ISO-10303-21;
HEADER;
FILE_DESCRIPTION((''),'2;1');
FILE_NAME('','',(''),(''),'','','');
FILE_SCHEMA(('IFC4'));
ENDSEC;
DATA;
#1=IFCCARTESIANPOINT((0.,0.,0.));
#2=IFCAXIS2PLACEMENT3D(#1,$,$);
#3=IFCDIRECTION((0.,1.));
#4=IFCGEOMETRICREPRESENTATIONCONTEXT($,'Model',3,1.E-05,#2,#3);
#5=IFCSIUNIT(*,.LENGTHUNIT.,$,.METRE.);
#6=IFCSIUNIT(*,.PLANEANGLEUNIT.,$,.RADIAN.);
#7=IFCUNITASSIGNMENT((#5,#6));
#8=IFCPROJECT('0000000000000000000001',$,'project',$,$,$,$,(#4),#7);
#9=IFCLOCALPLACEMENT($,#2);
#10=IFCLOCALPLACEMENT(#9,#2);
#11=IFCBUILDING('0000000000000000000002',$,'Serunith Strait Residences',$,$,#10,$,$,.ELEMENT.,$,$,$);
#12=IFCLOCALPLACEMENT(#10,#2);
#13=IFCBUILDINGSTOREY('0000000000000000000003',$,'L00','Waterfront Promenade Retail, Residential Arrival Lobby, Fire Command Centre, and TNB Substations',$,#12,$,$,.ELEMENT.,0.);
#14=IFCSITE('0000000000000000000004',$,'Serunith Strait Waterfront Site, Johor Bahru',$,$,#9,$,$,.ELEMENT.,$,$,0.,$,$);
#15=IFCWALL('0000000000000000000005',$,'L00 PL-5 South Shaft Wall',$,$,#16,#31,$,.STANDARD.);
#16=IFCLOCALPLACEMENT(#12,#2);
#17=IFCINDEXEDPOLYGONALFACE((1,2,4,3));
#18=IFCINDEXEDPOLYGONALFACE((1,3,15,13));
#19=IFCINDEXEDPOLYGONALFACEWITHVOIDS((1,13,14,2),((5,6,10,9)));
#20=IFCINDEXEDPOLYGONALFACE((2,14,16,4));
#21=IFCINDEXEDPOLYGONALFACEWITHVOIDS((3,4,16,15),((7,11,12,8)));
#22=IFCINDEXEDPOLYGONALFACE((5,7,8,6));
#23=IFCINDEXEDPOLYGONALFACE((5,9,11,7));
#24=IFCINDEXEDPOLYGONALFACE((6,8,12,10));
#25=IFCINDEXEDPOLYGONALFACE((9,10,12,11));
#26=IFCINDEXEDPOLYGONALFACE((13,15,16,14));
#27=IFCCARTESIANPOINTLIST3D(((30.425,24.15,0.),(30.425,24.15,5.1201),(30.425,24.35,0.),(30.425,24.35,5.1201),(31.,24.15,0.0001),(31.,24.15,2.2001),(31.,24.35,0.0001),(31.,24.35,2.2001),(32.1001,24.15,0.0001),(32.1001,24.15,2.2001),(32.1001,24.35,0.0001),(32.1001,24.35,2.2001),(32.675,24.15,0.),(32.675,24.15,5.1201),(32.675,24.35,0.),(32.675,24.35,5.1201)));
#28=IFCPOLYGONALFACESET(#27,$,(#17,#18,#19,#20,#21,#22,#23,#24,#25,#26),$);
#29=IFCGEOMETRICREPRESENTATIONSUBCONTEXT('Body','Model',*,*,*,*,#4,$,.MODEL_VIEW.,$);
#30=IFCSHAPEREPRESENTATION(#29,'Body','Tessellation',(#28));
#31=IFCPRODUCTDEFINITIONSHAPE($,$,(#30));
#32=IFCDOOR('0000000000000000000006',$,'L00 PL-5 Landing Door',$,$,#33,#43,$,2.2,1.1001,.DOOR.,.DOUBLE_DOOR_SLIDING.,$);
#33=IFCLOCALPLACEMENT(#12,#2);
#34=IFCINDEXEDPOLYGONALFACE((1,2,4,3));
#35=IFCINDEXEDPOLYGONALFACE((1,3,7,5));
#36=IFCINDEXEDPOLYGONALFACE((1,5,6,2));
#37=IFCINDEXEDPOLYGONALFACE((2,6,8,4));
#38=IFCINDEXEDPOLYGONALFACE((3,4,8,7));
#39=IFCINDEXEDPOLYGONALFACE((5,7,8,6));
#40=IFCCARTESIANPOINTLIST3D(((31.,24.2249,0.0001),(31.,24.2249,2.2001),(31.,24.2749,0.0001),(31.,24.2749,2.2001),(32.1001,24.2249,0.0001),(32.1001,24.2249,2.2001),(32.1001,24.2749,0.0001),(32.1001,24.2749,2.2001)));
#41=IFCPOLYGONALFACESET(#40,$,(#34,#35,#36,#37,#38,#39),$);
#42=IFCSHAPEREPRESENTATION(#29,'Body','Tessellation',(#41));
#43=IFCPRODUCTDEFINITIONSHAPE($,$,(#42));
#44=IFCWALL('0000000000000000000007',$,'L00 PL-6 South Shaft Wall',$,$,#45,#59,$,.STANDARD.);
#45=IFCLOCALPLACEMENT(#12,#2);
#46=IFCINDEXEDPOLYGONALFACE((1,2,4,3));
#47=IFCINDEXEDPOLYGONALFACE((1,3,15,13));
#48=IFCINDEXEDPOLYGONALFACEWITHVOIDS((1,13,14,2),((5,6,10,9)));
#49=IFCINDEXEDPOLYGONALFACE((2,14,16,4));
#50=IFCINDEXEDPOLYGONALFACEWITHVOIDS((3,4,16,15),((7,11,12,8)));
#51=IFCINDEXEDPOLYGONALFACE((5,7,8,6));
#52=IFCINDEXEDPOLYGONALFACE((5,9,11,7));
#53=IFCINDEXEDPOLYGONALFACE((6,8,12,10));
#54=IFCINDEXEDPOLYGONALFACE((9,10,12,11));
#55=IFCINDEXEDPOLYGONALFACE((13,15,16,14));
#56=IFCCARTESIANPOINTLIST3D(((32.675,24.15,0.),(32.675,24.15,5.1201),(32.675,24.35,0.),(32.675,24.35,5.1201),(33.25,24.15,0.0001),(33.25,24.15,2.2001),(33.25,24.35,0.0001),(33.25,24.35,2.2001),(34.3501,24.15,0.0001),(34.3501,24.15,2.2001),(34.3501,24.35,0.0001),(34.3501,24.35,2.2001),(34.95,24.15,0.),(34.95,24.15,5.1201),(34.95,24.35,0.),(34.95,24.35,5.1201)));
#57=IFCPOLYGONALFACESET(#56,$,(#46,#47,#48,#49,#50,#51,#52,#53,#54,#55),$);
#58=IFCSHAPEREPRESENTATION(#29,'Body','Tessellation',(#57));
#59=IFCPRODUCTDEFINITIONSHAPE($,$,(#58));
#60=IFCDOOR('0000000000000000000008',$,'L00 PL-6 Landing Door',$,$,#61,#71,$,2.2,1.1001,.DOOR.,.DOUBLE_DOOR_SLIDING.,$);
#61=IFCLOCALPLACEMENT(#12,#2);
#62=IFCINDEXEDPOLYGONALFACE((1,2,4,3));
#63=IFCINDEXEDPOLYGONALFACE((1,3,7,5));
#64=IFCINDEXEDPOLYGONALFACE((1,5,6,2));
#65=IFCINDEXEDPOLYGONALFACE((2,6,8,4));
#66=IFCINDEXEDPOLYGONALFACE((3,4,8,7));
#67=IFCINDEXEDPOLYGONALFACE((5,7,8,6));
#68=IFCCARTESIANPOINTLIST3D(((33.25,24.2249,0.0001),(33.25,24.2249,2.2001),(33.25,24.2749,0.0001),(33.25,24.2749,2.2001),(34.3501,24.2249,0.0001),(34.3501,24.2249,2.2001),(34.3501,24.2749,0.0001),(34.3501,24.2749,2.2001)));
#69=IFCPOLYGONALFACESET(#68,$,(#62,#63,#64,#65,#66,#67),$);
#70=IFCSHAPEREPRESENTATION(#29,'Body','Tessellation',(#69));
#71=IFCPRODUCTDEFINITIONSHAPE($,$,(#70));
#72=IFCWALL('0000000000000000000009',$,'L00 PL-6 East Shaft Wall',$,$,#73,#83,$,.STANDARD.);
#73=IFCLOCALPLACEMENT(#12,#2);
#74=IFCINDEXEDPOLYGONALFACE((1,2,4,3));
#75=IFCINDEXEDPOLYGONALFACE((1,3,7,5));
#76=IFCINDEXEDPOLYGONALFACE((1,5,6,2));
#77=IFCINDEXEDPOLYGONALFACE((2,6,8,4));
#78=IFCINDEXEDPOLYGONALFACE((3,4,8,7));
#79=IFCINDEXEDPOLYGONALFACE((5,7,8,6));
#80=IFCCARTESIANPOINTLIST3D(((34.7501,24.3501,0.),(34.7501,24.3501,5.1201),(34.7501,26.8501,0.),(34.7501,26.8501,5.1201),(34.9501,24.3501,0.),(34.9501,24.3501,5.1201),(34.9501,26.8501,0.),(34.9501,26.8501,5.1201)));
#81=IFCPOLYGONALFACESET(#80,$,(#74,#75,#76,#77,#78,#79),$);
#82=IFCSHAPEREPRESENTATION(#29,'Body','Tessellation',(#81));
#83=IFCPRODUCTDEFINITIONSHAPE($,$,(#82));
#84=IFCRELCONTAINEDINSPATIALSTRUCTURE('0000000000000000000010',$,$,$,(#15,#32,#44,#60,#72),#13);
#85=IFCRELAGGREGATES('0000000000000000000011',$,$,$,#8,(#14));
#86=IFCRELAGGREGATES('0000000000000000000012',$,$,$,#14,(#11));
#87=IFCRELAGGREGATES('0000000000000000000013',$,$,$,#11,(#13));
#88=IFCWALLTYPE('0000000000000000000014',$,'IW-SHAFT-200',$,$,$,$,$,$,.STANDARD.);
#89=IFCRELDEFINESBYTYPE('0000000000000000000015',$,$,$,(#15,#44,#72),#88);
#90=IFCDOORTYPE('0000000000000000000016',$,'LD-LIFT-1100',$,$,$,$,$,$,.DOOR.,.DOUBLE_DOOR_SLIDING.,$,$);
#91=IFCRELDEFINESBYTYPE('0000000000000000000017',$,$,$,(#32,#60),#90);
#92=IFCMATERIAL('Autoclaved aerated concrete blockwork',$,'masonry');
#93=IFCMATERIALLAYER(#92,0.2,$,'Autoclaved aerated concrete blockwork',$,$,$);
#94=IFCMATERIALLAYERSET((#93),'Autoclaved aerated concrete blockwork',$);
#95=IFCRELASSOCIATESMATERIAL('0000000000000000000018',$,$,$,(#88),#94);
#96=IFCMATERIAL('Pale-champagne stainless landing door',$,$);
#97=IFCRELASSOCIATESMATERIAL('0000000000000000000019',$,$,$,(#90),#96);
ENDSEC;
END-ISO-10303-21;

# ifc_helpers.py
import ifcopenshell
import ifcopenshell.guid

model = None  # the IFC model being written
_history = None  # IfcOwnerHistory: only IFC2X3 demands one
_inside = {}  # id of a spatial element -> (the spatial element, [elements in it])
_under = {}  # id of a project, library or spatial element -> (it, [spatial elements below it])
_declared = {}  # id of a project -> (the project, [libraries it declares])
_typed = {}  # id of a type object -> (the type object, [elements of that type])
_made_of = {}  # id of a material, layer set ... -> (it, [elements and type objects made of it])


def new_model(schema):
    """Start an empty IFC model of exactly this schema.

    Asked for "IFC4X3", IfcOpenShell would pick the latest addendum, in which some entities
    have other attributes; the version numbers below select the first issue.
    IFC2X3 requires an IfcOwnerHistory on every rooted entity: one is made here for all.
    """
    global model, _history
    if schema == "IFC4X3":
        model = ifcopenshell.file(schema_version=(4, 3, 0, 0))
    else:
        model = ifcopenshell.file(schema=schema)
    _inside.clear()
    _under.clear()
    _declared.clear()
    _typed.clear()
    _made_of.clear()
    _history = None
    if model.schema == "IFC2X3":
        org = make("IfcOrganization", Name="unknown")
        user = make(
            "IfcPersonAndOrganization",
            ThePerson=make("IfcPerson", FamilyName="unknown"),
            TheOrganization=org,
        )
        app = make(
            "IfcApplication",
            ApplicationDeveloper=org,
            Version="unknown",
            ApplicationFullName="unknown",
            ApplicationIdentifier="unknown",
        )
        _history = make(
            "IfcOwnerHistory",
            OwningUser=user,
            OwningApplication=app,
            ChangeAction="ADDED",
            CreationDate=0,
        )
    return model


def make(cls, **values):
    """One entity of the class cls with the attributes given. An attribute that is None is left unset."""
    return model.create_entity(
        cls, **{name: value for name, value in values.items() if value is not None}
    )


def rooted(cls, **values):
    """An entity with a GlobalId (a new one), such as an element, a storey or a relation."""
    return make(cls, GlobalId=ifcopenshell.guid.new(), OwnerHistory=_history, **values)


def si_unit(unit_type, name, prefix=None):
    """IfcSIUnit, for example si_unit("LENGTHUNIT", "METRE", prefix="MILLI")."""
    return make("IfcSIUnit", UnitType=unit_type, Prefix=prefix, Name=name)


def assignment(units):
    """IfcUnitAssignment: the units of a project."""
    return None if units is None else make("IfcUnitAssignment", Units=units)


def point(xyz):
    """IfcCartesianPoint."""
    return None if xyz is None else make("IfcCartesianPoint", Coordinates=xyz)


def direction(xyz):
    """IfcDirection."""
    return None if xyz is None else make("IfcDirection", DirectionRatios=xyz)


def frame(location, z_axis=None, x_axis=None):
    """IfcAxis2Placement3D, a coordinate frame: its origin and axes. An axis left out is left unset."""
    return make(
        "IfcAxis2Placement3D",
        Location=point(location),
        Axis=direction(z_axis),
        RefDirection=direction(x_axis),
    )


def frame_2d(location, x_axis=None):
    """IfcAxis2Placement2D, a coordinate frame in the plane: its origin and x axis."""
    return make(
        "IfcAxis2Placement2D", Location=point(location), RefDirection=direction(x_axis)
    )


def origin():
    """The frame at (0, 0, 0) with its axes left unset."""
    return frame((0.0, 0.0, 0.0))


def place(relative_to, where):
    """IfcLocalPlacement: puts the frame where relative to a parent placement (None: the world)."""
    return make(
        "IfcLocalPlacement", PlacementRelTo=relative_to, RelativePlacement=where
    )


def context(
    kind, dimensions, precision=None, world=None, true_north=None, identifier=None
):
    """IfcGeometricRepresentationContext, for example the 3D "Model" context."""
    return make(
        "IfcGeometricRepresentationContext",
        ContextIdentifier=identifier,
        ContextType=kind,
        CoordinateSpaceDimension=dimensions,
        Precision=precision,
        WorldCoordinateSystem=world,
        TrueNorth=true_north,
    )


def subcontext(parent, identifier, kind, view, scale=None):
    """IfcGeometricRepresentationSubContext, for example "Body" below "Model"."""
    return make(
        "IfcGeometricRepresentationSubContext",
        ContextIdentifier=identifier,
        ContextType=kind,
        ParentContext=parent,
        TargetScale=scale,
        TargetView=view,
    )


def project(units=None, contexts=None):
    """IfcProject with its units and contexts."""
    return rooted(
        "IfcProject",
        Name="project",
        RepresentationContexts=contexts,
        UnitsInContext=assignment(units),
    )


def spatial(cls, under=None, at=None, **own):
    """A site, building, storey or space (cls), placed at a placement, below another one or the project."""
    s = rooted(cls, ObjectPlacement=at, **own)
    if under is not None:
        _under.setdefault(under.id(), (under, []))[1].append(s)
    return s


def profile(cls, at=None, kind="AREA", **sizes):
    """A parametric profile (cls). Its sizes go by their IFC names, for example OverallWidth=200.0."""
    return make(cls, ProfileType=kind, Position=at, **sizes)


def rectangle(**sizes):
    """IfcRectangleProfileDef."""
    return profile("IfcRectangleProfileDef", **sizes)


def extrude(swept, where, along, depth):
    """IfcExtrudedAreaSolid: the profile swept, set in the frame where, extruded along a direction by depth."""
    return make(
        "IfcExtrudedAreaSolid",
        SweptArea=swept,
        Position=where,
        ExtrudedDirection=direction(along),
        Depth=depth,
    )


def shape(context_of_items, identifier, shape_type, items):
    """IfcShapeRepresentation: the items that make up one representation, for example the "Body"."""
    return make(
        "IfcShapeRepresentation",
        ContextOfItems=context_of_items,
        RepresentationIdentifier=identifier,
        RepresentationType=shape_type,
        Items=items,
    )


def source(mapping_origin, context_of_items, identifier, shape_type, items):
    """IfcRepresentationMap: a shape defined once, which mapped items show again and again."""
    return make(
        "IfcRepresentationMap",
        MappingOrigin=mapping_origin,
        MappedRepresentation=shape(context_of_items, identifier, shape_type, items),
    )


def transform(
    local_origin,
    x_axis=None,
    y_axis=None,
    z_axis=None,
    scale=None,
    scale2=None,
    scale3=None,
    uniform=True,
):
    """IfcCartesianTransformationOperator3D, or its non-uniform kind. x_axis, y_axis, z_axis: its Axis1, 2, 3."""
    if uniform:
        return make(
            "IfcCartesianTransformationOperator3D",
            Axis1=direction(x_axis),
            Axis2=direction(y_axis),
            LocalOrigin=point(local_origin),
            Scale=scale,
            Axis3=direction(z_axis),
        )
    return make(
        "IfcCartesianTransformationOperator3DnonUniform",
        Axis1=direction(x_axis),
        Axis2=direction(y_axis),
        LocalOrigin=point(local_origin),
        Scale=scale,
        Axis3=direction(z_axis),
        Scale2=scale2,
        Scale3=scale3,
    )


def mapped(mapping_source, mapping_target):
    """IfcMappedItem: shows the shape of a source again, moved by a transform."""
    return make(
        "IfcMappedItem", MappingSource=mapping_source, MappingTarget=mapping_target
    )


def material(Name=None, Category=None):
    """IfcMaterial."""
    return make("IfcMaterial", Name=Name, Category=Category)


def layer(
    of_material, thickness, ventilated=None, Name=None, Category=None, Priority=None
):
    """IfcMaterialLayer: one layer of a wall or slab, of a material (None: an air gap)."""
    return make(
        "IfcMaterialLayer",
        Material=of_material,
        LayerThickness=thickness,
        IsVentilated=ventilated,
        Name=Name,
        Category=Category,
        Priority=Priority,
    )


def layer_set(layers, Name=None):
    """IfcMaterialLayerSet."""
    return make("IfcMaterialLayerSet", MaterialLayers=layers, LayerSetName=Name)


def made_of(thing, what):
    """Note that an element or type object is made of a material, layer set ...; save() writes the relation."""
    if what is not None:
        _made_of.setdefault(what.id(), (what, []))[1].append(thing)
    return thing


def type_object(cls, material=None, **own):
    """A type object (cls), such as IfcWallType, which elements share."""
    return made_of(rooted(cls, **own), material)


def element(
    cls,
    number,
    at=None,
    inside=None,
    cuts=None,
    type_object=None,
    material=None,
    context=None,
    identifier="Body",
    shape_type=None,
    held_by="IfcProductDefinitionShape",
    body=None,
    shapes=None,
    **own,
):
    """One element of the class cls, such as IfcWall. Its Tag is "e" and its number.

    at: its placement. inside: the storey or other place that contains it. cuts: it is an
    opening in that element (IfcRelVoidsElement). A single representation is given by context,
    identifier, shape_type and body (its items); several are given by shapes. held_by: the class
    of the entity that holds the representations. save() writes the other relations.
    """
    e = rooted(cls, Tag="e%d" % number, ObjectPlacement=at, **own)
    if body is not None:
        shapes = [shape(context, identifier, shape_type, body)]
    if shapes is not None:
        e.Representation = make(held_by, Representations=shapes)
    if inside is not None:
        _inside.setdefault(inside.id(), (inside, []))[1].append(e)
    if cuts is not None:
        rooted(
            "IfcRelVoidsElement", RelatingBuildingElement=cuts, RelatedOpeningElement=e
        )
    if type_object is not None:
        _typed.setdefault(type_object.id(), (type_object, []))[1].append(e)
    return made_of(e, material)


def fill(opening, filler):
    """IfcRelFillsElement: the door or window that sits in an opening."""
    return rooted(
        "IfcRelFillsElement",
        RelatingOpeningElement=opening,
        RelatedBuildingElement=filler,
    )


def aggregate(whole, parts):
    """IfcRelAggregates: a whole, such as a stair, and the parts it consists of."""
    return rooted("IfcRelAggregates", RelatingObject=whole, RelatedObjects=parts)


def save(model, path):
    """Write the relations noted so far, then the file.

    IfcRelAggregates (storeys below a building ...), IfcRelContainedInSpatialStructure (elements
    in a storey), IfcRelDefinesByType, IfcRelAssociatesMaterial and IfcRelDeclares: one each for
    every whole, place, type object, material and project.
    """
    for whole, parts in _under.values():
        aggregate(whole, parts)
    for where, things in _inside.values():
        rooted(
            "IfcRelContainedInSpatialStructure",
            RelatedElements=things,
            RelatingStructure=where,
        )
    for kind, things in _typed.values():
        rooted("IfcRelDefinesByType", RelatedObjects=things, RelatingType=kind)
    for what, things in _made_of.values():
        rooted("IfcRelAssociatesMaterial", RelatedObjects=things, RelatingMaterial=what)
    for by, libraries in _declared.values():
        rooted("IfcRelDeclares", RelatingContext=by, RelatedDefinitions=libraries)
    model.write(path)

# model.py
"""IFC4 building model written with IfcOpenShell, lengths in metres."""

from ifc_helpers import new_model, si_unit, direction, frame, frame_2d, origin, place, context, subcontext, project, spatial, rectangle, extrude, source, transform, mapped, material, layer, layer_set, type_object, element, fill, save


model = new_model("IFC4")

# Units and contexts
model_context = context("Model", 3, precision=1e-05, world=origin(), true_north=direction((0.0, 1.0)))
body_context = subcontext(model_context, "Body", "Model", "MODEL_VIEW")
ifc_project = project(units=[si_unit("LENGTHUNIT", "METRE"), si_unit("PLANEANGLEUNIT", "RADIAN")], contexts=[model_context])

# Site, building, storey
site_placement = place(None, origin())
site = spatial("IfcSite", under=ifc_project, at=site_placement, Name="Serunith Strait Waterfront Site, Johor Bahru", CompositionType="ELEMENT", RefElevation=0.0)
building_placement = place(site_placement, origin())
building = spatial("IfcBuilding", under=site, at=building_placement, Name="Serunith Strait Residences", CompositionType="ELEMENT")
storey_placement = place(building_placement, origin())
storey = spatial("IfcBuildingStorey", under=building, at=storey_placement, Name="L00", Description="Waterfront Promenade Retail, Residential Arrival Lobby, Fire Command Centre, and TNB Substations", CompositionType="ELEMENT", Elevation=0.0)

# Walls, openings, doors
ifc_material_1 = material(Name="Autoclaved aerated concrete blockwork", Category="masonry")
ifc_layer = layer(ifc_material_1, 0.2, Name="Autoclaved aerated concrete blockwork")
ifc_layer_set = layer_set([ifc_layer], Name="Autoclaved aerated concrete blockwork")
wall_type = type_object("IfcWallType", Name="IW-SHAFT-200", PredefinedType="STANDARD", material=ifc_layer_set)
ifc_material_2 = material(Name="Pale-champagne stainless landing door")
door_type_1 = type_object("IfcDoorType", Name="LD-LIFT-1100", OperationType="DOUBLE_DOOR_SLIDING", PredefinedType="DOOR", material=ifc_material_2)
shared_shape_1 = source(origin(), body_context, "Body", "SweptSolid", [
    extrude(rectangle(XDim=1.1001, YDim=2.2, at=frame_2d((0.55, 1.1001))), frame((0.0, 0.0249, 0.0), z_axis=(0.0, -1.0, 0.0), x_axis=(1.0, 0.0, 0.0)), (0.0, 0.0, 1.0), 0.05),
])
wall_1_placement = place(storey_placement, frame((30.425, 24.25, 0.0), z_axis=(0.0, 0.0, 1.0), x_axis=(1.0, 0.0, 0.0)))
wall_1 = element("IfcWall", 1, at=wall_1_placement, inside=storey, type_object=wall_type, Name="L00 PL-5 South Shaft Wall", PredefinedType="STANDARD", context=body_context, shape_type="SweptSolid", body=[
    extrude(rectangle(XDim=2.25, YDim=0.2, at=frame_2d((1.125, 0.0))), origin(), (0.0, 0.0, 1.0), 5.1201),
])
opening_1_placement = place(wall_1_placement, frame((0.575, 0.0, 0.0)))
opening_1 = element("IfcOpeningElement", 2, at=opening_1_placement, cuts=wall_1, PredefinedType="OPENING", context=body_context, shape_type="SweptSolid", body=[
    extrude(rectangle(XDim=1.1001, YDim=2.2, at=frame_2d((0.55, 1.1001))), frame((0.0, 0.1099, 0.0), z_axis=(0.0, -1.0, 0.0), x_axis=(1.0, 0.0, 0.0)), (0.0, 0.0, 1.0), 0.22),
])
door_1_placement = place(opening_1_placement, origin())
door_1 = element("IfcDoor", 3, at=door_1_placement, inside=storey, type_object=door_type_1, Name="L00 PL-5 Landing Door", OperationType="DOUBLE_DOOR_SLIDING", OverallHeight=2.2, OverallWidth=1.1001, PredefinedType="DOOR", context=body_context, shape_type="MappedRepresentation", body=[
    mapped(shared_shape_1, transform((0.0, 0.0, 0.0), scale=1.0)),
])
fill(opening_1, door_1)
wall_2_placement = place(storey_placement, frame((32.675, 24.25, 0.0), z_axis=(0.0, 0.0, 1.0), x_axis=(1.0, 0.0, 0.0)))
wall_2 = element("IfcWall", 4, at=wall_2_placement, inside=storey, type_object=wall_type, Name="L00 PL-6 South Shaft Wall", PredefinedType="STANDARD", context=body_context, shape_type="SweptSolid", body=[
    extrude(rectangle(XDim=2.2749, YDim=0.2, at=frame_2d((1.1375, 0.0))), origin(), (0.0, 0.0, 1.0), 5.1201),
])
opening_2_placement = place(wall_2_placement, frame((0.575, 0.0, 0.0)))
opening_2 = element("IfcOpeningElement", 5, at=opening_2_placement, cuts=wall_2, PredefinedType="OPENING", context=body_context, shape_type="SweptSolid", body=[
    extrude(rectangle(XDim=1.1001, YDim=2.2, at=frame_2d((0.55, 1.1001))), frame((0.0, 0.1099, 0.0), z_axis=(0.0, -1.0, 0.0), x_axis=(1.0, 0.0, 0.0)), (0.0, 0.0, 1.0), 0.22),
])
door_2_placement = place(opening_2_placement, origin())
door_2 = element("IfcDoor", 6, at=door_2_placement, inside=storey, type_object=door_type_1, Name="L00 PL-6 Landing Door", OperationType="DOUBLE_DOOR_SLIDING", OverallHeight=2.2, OverallWidth=1.1001, PredefinedType="DOOR", context=body_context, shape_type="MappedRepresentation", body=[
    mapped(shared_shape_1, transform((0.0, 0.0, 0.0), scale=1.0)),
])
fill(opening_2, door_2)

# Wall
wall_3_placement = place(storey_placement, frame((34.8501, 24.3501, 0.0), z_axis=(0.0, 0.0, 1.0), x_axis=(0.0, 1.0, 0.0)))
element("IfcWall", 7, at=wall_3_placement, inside=storey, type_object=wall_type, Name="L00 PL-6 East Shaft Wall", PredefinedType="STANDARD", context=body_context, shape_type="SweptSolid", body=[
    extrude(rectangle(XDim=2.5, YDim=0.2, at=frame_2d((1.25, 0.0))), origin(), (0.0, 0.0, 1.0), 5.1201),
])

save(model, "model.ifc")
